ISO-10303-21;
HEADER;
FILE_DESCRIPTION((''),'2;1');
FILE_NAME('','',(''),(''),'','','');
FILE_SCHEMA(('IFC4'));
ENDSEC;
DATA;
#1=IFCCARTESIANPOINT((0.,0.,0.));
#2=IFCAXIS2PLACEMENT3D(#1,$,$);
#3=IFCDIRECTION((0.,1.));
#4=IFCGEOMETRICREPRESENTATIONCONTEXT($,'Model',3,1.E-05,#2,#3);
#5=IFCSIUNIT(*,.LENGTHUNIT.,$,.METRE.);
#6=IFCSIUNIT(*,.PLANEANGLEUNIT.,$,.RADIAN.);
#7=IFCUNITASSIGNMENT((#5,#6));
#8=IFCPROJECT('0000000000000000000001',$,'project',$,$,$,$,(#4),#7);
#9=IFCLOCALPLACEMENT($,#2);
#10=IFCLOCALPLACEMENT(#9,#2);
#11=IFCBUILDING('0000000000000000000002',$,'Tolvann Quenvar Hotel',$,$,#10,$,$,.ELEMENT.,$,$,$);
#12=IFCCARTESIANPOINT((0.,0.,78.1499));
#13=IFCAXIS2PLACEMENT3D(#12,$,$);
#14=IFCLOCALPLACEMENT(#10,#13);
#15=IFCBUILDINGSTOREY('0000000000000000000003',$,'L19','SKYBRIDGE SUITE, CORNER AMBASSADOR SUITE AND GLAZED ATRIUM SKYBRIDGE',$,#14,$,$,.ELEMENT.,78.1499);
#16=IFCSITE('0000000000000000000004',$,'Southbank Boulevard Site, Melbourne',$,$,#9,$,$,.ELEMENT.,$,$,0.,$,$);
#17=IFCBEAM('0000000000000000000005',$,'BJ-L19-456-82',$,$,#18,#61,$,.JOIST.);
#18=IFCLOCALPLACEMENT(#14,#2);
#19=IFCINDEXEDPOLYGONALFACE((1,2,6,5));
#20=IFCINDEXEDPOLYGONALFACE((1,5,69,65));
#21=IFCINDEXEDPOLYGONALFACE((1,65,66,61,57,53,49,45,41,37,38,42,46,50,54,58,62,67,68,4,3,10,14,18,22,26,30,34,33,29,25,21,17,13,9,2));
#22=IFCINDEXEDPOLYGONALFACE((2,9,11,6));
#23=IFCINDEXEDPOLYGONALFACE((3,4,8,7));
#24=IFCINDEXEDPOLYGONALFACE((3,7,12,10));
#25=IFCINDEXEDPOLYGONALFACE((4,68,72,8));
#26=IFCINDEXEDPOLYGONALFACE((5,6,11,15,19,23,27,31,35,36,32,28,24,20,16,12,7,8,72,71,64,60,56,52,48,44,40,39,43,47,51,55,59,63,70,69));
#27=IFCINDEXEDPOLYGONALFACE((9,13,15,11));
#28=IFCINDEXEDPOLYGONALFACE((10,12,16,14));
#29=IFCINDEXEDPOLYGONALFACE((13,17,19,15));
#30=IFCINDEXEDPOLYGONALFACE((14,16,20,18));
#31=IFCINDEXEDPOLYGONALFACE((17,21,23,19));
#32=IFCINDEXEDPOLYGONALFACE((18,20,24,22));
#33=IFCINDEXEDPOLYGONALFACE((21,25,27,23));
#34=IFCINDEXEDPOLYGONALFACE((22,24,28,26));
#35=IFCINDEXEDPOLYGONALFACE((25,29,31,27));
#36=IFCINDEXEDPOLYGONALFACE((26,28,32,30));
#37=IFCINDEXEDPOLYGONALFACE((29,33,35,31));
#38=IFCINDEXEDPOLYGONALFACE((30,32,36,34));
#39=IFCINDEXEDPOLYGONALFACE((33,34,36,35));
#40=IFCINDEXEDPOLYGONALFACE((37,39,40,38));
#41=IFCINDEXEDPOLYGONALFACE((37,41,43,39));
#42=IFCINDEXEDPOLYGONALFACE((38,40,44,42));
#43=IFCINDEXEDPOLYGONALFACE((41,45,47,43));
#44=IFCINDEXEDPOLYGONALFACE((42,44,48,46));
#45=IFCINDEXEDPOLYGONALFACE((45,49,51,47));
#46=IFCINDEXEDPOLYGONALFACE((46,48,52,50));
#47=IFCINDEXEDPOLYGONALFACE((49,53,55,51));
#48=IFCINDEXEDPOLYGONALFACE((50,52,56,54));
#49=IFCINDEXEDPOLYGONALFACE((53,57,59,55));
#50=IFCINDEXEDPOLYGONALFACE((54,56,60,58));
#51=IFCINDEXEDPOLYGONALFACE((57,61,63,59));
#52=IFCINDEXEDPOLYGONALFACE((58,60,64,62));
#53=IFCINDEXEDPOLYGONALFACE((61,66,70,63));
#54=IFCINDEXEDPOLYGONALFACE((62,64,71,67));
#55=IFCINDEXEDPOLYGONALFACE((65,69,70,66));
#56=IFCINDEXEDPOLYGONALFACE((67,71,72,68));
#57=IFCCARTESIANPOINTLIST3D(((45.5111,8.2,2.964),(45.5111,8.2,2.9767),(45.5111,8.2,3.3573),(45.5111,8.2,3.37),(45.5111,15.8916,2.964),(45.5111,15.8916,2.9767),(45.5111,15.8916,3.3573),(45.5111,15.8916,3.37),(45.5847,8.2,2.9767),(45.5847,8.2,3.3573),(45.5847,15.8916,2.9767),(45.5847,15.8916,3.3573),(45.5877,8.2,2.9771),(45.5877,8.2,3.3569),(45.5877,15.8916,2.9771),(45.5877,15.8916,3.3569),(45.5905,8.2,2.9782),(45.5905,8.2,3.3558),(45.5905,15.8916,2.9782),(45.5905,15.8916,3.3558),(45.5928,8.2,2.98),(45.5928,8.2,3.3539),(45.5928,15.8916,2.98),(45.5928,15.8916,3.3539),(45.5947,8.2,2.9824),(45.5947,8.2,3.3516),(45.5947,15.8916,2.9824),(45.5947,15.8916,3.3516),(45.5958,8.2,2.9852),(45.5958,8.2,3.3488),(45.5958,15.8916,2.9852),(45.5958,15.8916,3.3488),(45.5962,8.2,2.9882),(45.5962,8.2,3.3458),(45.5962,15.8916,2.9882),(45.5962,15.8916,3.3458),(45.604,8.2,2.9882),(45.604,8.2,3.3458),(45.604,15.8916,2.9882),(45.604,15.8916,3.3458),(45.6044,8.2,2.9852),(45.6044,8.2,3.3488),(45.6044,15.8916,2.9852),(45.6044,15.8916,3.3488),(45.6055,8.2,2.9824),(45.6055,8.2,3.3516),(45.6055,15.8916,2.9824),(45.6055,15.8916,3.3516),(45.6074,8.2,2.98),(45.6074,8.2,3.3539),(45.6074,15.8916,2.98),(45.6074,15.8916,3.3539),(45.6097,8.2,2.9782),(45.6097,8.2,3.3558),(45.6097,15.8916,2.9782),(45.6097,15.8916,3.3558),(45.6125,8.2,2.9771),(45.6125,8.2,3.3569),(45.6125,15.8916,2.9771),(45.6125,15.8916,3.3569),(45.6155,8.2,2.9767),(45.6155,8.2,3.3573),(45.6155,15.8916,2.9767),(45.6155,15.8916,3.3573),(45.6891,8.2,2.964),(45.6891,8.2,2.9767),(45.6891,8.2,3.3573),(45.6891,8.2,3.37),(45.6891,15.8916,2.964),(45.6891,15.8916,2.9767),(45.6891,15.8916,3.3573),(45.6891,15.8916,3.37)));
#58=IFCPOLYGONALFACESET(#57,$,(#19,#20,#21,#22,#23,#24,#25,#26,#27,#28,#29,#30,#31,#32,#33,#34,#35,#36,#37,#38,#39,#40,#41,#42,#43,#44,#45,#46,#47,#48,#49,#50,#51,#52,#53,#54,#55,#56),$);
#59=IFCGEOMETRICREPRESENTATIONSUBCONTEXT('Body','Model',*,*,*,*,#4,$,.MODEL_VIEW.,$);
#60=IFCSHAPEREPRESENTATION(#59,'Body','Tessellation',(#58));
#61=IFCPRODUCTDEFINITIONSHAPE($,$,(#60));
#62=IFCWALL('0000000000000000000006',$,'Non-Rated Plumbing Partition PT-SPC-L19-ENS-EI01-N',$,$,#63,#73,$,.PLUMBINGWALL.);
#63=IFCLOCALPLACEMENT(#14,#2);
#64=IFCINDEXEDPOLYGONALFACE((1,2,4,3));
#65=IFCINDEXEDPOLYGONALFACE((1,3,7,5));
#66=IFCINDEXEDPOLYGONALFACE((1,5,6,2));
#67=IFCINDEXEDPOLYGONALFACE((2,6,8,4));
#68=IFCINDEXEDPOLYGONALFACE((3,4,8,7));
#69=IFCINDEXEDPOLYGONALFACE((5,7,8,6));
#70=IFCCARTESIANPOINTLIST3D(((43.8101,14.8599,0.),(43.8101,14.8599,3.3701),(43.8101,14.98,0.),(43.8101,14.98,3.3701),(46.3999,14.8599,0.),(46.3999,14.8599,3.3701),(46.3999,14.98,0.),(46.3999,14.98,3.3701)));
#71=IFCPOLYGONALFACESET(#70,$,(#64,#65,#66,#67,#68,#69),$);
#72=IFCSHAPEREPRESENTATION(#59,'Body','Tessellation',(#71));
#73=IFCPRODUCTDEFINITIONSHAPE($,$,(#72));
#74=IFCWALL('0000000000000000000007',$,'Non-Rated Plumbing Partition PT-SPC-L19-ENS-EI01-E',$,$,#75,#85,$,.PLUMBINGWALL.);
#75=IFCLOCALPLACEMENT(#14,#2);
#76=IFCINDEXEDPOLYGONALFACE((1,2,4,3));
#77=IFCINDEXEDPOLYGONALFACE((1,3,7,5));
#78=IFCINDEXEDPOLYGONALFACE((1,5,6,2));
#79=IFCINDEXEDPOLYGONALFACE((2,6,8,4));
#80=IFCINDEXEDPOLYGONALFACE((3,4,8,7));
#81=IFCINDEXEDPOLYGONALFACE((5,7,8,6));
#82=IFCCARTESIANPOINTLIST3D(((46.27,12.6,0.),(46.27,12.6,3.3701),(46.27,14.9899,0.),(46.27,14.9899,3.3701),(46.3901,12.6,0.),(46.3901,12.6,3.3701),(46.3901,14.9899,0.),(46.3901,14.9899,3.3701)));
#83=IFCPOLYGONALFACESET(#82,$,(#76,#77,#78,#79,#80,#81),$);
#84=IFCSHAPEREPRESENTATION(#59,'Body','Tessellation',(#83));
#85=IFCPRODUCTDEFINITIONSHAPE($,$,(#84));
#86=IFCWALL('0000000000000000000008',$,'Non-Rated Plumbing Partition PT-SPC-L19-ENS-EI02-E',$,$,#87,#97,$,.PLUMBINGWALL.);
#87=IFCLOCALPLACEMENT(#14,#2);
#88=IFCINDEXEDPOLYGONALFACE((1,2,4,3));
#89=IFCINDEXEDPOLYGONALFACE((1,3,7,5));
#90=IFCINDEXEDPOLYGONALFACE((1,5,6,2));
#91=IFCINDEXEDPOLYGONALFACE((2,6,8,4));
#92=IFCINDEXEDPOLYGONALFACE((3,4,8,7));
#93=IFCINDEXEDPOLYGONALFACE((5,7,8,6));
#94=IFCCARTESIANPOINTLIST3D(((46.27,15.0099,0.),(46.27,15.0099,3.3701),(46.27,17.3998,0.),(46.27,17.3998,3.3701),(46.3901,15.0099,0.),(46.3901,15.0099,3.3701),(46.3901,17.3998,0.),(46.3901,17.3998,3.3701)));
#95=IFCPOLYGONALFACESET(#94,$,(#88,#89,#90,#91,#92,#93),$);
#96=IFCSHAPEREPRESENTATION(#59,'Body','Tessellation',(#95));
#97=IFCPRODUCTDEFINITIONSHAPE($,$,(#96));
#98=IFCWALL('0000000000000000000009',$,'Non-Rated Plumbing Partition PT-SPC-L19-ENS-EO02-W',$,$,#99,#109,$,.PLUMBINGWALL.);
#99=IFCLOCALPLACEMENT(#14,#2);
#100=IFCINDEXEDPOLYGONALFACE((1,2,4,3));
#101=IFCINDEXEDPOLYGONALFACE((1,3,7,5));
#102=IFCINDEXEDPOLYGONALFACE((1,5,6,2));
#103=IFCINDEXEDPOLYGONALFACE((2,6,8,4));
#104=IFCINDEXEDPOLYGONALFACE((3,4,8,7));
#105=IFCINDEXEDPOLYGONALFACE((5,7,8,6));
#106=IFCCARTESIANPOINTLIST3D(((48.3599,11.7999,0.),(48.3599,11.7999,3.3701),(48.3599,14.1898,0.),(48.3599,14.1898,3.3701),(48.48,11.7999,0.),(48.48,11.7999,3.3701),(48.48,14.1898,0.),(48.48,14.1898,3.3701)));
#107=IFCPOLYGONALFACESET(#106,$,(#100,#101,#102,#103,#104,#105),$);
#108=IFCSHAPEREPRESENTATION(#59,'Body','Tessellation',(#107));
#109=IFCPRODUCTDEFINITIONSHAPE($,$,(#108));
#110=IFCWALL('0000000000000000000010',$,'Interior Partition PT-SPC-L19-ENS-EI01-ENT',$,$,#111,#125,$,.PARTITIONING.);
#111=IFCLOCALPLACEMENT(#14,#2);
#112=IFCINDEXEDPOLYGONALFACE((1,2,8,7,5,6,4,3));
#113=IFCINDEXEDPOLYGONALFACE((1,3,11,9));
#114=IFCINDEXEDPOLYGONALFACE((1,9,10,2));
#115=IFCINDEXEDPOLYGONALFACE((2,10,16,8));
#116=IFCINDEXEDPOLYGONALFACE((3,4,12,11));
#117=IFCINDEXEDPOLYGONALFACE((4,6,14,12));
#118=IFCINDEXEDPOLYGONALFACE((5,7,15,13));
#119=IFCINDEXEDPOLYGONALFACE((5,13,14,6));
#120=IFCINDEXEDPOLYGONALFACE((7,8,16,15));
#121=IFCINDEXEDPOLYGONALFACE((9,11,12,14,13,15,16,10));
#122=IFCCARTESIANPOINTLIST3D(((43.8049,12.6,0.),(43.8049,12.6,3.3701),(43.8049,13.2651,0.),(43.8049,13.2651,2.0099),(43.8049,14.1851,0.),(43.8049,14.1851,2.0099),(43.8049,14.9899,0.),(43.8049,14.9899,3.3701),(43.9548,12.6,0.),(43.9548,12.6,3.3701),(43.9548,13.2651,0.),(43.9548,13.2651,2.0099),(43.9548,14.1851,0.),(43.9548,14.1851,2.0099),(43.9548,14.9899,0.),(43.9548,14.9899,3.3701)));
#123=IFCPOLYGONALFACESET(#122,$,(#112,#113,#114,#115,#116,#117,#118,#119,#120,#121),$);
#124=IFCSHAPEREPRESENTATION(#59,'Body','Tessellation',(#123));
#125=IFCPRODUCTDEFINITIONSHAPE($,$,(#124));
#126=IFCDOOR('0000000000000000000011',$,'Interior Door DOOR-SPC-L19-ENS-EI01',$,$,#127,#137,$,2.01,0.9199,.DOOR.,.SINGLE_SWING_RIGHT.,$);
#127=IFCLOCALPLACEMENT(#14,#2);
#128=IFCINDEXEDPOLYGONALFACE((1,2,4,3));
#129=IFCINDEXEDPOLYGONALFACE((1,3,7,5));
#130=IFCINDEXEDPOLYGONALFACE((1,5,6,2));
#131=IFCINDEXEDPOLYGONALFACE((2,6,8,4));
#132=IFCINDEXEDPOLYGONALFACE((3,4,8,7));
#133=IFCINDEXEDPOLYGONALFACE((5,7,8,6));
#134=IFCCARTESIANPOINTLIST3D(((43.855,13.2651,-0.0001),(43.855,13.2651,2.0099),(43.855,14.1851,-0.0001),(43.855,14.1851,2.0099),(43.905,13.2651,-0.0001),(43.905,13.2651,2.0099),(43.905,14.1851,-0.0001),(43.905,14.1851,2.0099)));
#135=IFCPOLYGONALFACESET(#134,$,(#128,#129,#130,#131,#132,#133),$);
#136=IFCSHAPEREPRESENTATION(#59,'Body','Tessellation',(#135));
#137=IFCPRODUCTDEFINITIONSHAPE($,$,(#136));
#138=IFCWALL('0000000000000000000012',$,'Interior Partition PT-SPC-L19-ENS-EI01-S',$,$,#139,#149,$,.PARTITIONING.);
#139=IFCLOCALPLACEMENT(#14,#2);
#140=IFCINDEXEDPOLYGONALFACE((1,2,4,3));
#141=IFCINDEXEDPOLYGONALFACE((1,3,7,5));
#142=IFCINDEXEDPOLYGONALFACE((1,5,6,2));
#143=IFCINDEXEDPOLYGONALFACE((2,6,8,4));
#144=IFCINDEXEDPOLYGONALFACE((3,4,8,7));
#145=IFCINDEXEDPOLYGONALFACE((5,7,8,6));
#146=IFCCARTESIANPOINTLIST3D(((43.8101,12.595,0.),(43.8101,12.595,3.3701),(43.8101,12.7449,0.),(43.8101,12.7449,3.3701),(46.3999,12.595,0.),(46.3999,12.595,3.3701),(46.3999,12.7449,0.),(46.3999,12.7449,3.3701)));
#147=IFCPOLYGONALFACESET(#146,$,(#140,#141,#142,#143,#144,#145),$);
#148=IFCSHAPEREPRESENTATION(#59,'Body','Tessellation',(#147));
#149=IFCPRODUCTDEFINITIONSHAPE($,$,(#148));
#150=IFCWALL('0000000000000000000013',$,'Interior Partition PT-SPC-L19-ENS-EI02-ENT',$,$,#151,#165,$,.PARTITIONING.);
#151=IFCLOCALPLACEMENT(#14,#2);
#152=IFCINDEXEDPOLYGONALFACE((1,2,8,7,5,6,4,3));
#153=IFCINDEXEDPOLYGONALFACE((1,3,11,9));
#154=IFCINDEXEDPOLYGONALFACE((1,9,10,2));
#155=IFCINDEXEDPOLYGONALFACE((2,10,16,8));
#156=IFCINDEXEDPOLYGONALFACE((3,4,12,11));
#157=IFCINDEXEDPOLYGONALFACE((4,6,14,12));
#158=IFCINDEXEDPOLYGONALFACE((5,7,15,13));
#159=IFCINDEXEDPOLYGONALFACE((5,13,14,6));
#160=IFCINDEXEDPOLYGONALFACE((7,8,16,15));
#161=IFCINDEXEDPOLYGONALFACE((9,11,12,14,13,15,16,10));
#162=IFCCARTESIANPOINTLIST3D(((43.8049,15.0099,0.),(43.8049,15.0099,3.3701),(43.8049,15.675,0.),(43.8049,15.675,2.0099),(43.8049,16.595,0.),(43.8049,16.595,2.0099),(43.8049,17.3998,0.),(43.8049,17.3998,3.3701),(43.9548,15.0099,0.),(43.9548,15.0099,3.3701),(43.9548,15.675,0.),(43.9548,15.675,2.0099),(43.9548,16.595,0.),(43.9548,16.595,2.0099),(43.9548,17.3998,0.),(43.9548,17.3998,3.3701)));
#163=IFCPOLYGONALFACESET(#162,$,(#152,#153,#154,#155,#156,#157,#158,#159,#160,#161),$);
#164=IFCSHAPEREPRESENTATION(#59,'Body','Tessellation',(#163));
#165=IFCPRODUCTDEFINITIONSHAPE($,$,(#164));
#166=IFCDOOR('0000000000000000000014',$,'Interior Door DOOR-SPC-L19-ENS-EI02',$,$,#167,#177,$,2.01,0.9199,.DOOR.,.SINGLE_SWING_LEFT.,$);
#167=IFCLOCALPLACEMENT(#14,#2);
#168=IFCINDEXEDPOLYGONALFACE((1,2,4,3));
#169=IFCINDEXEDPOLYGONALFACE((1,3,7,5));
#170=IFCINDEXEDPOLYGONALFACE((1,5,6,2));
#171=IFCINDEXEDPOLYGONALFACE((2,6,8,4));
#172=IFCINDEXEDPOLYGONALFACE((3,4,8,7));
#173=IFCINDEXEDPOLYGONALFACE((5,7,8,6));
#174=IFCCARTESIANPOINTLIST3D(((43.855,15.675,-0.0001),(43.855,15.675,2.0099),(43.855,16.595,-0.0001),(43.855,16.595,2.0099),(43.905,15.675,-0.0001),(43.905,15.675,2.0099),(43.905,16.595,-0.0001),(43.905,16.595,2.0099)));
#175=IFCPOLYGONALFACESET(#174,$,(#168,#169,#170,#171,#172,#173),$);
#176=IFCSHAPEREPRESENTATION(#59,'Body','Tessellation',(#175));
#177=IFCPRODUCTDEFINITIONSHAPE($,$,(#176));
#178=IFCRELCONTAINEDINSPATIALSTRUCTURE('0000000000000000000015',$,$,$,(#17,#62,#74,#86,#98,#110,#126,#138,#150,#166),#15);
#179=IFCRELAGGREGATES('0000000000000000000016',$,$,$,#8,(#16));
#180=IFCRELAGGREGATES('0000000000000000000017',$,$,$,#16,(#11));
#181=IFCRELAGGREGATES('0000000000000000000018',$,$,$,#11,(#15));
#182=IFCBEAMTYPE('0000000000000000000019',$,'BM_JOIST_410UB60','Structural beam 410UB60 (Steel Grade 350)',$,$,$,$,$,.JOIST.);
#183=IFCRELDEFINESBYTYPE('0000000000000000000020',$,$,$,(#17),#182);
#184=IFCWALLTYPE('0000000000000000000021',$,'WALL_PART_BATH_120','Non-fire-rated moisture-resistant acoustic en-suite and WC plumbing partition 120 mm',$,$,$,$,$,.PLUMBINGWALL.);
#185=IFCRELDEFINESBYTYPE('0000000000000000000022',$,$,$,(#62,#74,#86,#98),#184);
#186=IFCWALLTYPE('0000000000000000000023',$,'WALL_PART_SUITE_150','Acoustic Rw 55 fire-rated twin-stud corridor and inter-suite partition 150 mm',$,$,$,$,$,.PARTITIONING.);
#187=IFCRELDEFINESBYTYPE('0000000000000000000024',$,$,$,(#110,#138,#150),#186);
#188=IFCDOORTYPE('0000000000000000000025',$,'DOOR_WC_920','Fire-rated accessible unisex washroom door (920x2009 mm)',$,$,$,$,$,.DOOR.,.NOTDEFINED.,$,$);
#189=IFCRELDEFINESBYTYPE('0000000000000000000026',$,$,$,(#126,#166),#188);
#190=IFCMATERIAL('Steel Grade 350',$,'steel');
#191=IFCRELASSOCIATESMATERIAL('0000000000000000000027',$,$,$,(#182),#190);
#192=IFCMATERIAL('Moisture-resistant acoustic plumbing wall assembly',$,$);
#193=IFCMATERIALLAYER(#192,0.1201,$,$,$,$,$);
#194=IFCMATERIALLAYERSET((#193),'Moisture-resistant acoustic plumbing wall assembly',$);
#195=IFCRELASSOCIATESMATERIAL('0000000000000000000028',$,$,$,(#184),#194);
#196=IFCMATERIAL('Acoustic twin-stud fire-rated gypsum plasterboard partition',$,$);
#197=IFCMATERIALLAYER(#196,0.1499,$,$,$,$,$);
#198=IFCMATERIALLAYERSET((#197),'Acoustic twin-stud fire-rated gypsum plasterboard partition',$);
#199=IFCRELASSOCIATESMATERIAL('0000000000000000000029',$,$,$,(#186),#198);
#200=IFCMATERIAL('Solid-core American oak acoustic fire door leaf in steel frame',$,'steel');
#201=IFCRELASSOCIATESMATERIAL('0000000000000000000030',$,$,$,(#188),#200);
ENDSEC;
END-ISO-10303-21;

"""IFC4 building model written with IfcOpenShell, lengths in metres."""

from ifc_helpers import new_model, si_unit, direction, frame, frame_2d, origin, origin_2d, place, context, subcontext, project, spatial, rectangle, i_section, extrude, source, transform, mapped, material, layer, layer_set, material_profile, profile_set, type_object, type_shapes, element, fill, save


model = new_model("IFC4")

# Units and contexts
model_context = context("Model", 3, precision=1e-05, world=origin(), true_north=direction((0.0, 1.0)))
body_context = subcontext(model_context, "Body", "Model", "MODEL_VIEW")
ifc_project = project(units=[si_unit("LENGTHUNIT", "METRE"), si_unit("PLANEANGLEUNIT", "RADIAN")], contexts=[model_context])

# Site, building, storey
site_placement = place(None, origin())
site = spatial("IfcSite", under=ifc_project, at=site_placement, Name="Southbank Boulevard Site, Melbourne", CompositionType="ELEMENT", RefElevation=0.0)
building_placement = place(site_placement, origin())
building = spatial("IfcBuilding", under=site, at=building_placement, Name="Tolvann Quenvar Hotel", CompositionType="ELEMENT")
storey_placement = place(building_placement, frame((0.0, 0.0, 78.1499)))
storey = spatial("IfcBuildingStorey", under=building, at=storey_placement, Name="L19", Description="SKYBRIDGE SUITE, CORNER AMBASSADOR SUITE AND GLAZED ATRIUM SKYBRIDGE", CompositionType="ELEMENT", Elevation=78.1499)

# Shared definitions
ifc_material_1 = material(Name="Steel Grade 350", Category="steel")

# Beam
ifc_material_profile_1 = material_profile(ifc_material_1, i_section(OverallWidth=0.178, OverallDepth=0.406, WebThickness=0.0078, FlangeThickness=0.0127, FilletRadius=0.0115, at=origin_2d()), Name="410UB60")
ifc_profile_set_1 = profile_set([ifc_material_profile_1], Name="Steel Grade 350")
beam_type_1 = type_object("IfcBeamType", Name="BM_JOIST_410UB60", Description="Structural beam 410UB60 (Steel Grade 350)", PredefinedType="JOIST", material=ifc_profile_set_1)
shared_shape_1 = source(origin(), body_context, "Body", "SweptSolid", [
    extrude(i_section(OverallWidth=0.178, OverallDepth=0.406, WebThickness=0.0078, FlangeThickness=0.0127, FilletRadius=0.0115, at=origin_2d()), origin(), (0.0, 0.0, 1.0), 7.6917),
])
type_shapes(beam_type_1, [shared_shape_1])
beam_1_placement = place(storey_placement, frame((45.6001, 8.2, 3.167), z_axis=(0.0, 1.0, 0.0), x_axis=(-1.0, 0.0, 0.0)))
element("IfcBeam", 1, at=beam_1_placement, inside=storey, type_object=beam_type_1, Name="BJ-L19-456-82", PredefinedType="JOIST", context=body_context, shape_type="MappedRepresentation", body=[
    mapped(shared_shape_1, transform((0.0, 0.0, 0.0), x_axis=(1.0, 0.0, 0.0), y_axis=(0.0, 1.0, 0.0), z_axis=(0.0, 0.0, 1.0), scale=1.0)),
])

# Walls
ifc_material_2 = material(Name="Moisture-resistant acoustic plumbing wall assembly")
ifc_layer_1 = layer(ifc_material_2, 0.1201)
ifc_layer_set_1 = layer_set([ifc_layer_1], Name="Moisture-resistant acoustic plumbing wall assembly")
wall_type_1 = type_object("IfcWallType", Name="WALL_PART_BATH_120", Description="Non-fire-rated moisture-resistant acoustic en-suite and WC plumbing partition 120 mm", PredefinedType="PLUMBINGWALL", material=ifc_layer_set_1)
wall_1_placement = place(storey_placement, frame((43.8101, 14.9199, 0.0), z_axis=(0.0, 0.0, 1.0), x_axis=(1.0, 0.0, 0.0)))
element("IfcWall", 2, at=wall_1_placement, inside=storey, type_object=wall_type_1, Name="Non-Rated Plumbing Partition PT-SPC-L19-ENS-EI01-N", PredefinedType="PLUMBINGWALL", context=body_context, shape_type="SweptSolid", body=[
    extrude(rectangle(XDim=2.5898, YDim=0.1201, at=frame_2d((1.2949, 0.0))), origin(), (0.0, 0.0, 1.0), 3.3701),
])
for number, where, z_axis, x_axis, name in (
    (3, (46.3301, 12.6001, 0.0), (0.0, 0.0, 1.0), (0.0, 1.0, 0.0), "Non-Rated Plumbing Partition PT-SPC-L19-ENS-EI01-E"),
    (4, (46.3301, 15.01, 0.0), (0.0, 0.0, 1.0), (0.0, 1.0, 0.0), "Non-Rated Plumbing Partition PT-SPC-L19-ENS-EI02-E"),
    (5, (48.4199, 11.8, 0.0), (0.0, 0.0, 1.0), (0.0, 1.0, 0.0), "Non-Rated Plumbing Partition PT-SPC-L19-ENS-EO02-W"),
):
    element("IfcWall", number, at=place(storey_placement, frame(where, z_axis=z_axis, x_axis=x_axis)), inside=storey, type_object=wall_type_1, Name=name, PredefinedType="PLUMBINGWALL", context=body_context, shape_type="SweptSolid", body=[
        extrude(rectangle(XDim=2.3899, YDim=0.1201, at=frame_2d((1.1948, 0.0))), origin(), (0.0, 0.0, 1.0), 3.3701),
    ])

# Wall, opening, door
ifc_material_3 = material(Name="Acoustic twin-stud fire-rated gypsum plasterboard partition")
ifc_layer_2 = layer(ifc_material_3, 0.1499)
ifc_layer_set_2 = layer_set([ifc_layer_2], Name="Acoustic twin-stud fire-rated gypsum plasterboard partition")
wall_type_2 = type_object("IfcWallType", Name="WALL_PART_SUITE_150", Description="Acoustic Rw 55 fire-rated twin-stud corridor and inter-suite partition 150 mm", PredefinedType="PARTITIONING", material=ifc_layer_set_2)
wall_2_placement = place(storey_placement, frame((43.8799, 12.6001, 0.0), z_axis=(0.0, 0.0, 1.0), x_axis=(0.0, 1.0, 0.0)))
wall_2 = element("IfcWall", 6, at=wall_2_placement, inside=storey, type_object=wall_type_2, Name="Interior Partition PT-SPC-L19-ENS-EI01-ENT", PredefinedType="PARTITIONING", context=body_context, shape_type="SweptSolid", body=[
    extrude(rectangle(XDim=2.3899, YDim=0.1499, at=frame_2d((1.1948, 0.0))), origin(), (0.0, 0.0, 1.0), 3.3701),
])
opening_1_placement = place(wall_2_placement, frame((0.665, 0.0, 0.0)))
opening_1 = element("IfcOpeningElement", 7, at=opening_1_placement, cuts=wall_2, PredefinedType="OPENING", context=body_context, shape_type="SweptSolid", body=[
    extrude(rectangle(XDim=0.9199, YDim=2.01, at=frame_2d((0.46, 1.0049))), frame((0.0, 0.085, 0.0), z_axis=(0.0, -1.0, 0.0), x_axis=(1.0, 0.0, 0.0)), (0.0, 0.0, 1.0), 0.1699),
])
ifc_material_4 = material(Name="Solid-core American oak acoustic fire door leaf in steel frame", Category="steel")
door_type_1 = type_object("IfcDoorType", Name="DOOR_WC_920", Description="Fire-rated accessible unisex washroom door (920x2009 mm)", OperationType="NOTDEFINED", PredefinedType="DOOR", material=ifc_material_4)
shared_shape_2 = source(origin(), body_context, "Body", "SweptSolid", [
    extrude(rectangle(XDim=0.9199, YDim=2.01, at=frame_2d((0.46, 1.0049))), frame((0.0, 0.0249, 0.0), z_axis=(0.0, -1.0, 0.0), x_axis=(1.0, 0.0, 0.0)), (0.0, 0.0, 1.0), 0.05),
])
type_shapes(door_type_1, [shared_shape_2])
door_1_placement = place(opening_1_placement, origin())
door_1 = element("IfcDoor", 8, at=door_1_placement, inside=storey, type_object=door_type_1, Name="Interior Door DOOR-SPC-L19-ENS-EI01", OperationType="SINGLE_SWING_RIGHT", OverallHeight=2.01, OverallWidth=0.9199, PredefinedType="DOOR", context=body_context, shape_type="MappedRepresentation", body=[
    mapped(shared_shape_2, transform((0.0, 0.0, 0.0), x_axis=(1.0, 0.0, 0.0), y_axis=(0.0, 1.0, 0.0), z_axis=(0.0, 0.0, 1.0), scale=1.0)),
])
fill(opening_1, door_1)

# Wall
wall_3_placement = place(storey_placement, frame((43.8101, 12.6699, 0.0), z_axis=(0.0, 0.0, 1.0), x_axis=(1.0, 0.0, 0.0)))
element("IfcWall", 9, at=wall_3_placement, inside=storey, type_object=wall_type_2, Name="Interior Partition PT-SPC-L19-ENS-EI01-S", PredefinedType="PARTITIONING", context=body_context, shape_type="SweptSolid", body=[
    extrude(rectangle(XDim=2.5898, YDim=0.1499, at=frame_2d((1.2949, 0.0))), origin(), (0.0, 0.0, 1.0), 3.3701),
])

# Wall, opening, door
wall_4_placement = place(storey_placement, frame((43.8799, 15.01, 0.0), z_axis=(0.0, 0.0, 1.0), x_axis=(0.0, 1.0, 0.0)))
wall_4 = element("IfcWall", 10, at=wall_4_placement, inside=storey, type_object=wall_type_2, Name="Interior Partition PT-SPC-L19-ENS-EI02-ENT", PredefinedType="PARTITIONING", context=body_context, shape_type="SweptSolid", body=[
    extrude(rectangle(XDim=2.3899, YDim=0.1499, at=frame_2d((1.1948, 0.0))), origin(), (0.0, 0.0, 1.0), 3.3701),
])
opening_2_placement = place(wall_4_placement, frame((0.665, 0.0, 0.0)))
opening_2 = element("IfcOpeningElement", 11, at=opening_2_placement, cuts=wall_4, PredefinedType="OPENING", context=body_context, shape_type="SweptSolid", body=[
    extrude(rectangle(XDim=0.9199, YDim=2.01, at=frame_2d((0.46, 1.0049))), frame((0.0, 0.085, 0.0), z_axis=(0.0, -1.0, 0.0), x_axis=(1.0, 0.0, 0.0)), (0.0, 0.0, 1.0), 0.1699),
])
door_2_placement = place(opening_2_placement, origin())
door_2 = element("IfcDoor", 12, at=door_2_placement, inside=storey, type_object=door_type_1, Name="Interior Door DOOR-SPC-L19-ENS-EI02", OperationType="SINGLE_SWING_LEFT", OverallHeight=2.01, OverallWidth=0.9199, PredefinedType="DOOR", context=body_context, shape_type="MappedRepresentation", body=[
    mapped(shared_shape_2, transform((0.0, 0.0, 0.0), x_axis=(1.0, 0.0, 0.0), y_axis=(0.0, 1.0, 0.0), z_axis=(0.0, 0.0, 1.0), scale=1.0)),
])
fill(opening_2, door_2)

save(model, "model.ifc")
